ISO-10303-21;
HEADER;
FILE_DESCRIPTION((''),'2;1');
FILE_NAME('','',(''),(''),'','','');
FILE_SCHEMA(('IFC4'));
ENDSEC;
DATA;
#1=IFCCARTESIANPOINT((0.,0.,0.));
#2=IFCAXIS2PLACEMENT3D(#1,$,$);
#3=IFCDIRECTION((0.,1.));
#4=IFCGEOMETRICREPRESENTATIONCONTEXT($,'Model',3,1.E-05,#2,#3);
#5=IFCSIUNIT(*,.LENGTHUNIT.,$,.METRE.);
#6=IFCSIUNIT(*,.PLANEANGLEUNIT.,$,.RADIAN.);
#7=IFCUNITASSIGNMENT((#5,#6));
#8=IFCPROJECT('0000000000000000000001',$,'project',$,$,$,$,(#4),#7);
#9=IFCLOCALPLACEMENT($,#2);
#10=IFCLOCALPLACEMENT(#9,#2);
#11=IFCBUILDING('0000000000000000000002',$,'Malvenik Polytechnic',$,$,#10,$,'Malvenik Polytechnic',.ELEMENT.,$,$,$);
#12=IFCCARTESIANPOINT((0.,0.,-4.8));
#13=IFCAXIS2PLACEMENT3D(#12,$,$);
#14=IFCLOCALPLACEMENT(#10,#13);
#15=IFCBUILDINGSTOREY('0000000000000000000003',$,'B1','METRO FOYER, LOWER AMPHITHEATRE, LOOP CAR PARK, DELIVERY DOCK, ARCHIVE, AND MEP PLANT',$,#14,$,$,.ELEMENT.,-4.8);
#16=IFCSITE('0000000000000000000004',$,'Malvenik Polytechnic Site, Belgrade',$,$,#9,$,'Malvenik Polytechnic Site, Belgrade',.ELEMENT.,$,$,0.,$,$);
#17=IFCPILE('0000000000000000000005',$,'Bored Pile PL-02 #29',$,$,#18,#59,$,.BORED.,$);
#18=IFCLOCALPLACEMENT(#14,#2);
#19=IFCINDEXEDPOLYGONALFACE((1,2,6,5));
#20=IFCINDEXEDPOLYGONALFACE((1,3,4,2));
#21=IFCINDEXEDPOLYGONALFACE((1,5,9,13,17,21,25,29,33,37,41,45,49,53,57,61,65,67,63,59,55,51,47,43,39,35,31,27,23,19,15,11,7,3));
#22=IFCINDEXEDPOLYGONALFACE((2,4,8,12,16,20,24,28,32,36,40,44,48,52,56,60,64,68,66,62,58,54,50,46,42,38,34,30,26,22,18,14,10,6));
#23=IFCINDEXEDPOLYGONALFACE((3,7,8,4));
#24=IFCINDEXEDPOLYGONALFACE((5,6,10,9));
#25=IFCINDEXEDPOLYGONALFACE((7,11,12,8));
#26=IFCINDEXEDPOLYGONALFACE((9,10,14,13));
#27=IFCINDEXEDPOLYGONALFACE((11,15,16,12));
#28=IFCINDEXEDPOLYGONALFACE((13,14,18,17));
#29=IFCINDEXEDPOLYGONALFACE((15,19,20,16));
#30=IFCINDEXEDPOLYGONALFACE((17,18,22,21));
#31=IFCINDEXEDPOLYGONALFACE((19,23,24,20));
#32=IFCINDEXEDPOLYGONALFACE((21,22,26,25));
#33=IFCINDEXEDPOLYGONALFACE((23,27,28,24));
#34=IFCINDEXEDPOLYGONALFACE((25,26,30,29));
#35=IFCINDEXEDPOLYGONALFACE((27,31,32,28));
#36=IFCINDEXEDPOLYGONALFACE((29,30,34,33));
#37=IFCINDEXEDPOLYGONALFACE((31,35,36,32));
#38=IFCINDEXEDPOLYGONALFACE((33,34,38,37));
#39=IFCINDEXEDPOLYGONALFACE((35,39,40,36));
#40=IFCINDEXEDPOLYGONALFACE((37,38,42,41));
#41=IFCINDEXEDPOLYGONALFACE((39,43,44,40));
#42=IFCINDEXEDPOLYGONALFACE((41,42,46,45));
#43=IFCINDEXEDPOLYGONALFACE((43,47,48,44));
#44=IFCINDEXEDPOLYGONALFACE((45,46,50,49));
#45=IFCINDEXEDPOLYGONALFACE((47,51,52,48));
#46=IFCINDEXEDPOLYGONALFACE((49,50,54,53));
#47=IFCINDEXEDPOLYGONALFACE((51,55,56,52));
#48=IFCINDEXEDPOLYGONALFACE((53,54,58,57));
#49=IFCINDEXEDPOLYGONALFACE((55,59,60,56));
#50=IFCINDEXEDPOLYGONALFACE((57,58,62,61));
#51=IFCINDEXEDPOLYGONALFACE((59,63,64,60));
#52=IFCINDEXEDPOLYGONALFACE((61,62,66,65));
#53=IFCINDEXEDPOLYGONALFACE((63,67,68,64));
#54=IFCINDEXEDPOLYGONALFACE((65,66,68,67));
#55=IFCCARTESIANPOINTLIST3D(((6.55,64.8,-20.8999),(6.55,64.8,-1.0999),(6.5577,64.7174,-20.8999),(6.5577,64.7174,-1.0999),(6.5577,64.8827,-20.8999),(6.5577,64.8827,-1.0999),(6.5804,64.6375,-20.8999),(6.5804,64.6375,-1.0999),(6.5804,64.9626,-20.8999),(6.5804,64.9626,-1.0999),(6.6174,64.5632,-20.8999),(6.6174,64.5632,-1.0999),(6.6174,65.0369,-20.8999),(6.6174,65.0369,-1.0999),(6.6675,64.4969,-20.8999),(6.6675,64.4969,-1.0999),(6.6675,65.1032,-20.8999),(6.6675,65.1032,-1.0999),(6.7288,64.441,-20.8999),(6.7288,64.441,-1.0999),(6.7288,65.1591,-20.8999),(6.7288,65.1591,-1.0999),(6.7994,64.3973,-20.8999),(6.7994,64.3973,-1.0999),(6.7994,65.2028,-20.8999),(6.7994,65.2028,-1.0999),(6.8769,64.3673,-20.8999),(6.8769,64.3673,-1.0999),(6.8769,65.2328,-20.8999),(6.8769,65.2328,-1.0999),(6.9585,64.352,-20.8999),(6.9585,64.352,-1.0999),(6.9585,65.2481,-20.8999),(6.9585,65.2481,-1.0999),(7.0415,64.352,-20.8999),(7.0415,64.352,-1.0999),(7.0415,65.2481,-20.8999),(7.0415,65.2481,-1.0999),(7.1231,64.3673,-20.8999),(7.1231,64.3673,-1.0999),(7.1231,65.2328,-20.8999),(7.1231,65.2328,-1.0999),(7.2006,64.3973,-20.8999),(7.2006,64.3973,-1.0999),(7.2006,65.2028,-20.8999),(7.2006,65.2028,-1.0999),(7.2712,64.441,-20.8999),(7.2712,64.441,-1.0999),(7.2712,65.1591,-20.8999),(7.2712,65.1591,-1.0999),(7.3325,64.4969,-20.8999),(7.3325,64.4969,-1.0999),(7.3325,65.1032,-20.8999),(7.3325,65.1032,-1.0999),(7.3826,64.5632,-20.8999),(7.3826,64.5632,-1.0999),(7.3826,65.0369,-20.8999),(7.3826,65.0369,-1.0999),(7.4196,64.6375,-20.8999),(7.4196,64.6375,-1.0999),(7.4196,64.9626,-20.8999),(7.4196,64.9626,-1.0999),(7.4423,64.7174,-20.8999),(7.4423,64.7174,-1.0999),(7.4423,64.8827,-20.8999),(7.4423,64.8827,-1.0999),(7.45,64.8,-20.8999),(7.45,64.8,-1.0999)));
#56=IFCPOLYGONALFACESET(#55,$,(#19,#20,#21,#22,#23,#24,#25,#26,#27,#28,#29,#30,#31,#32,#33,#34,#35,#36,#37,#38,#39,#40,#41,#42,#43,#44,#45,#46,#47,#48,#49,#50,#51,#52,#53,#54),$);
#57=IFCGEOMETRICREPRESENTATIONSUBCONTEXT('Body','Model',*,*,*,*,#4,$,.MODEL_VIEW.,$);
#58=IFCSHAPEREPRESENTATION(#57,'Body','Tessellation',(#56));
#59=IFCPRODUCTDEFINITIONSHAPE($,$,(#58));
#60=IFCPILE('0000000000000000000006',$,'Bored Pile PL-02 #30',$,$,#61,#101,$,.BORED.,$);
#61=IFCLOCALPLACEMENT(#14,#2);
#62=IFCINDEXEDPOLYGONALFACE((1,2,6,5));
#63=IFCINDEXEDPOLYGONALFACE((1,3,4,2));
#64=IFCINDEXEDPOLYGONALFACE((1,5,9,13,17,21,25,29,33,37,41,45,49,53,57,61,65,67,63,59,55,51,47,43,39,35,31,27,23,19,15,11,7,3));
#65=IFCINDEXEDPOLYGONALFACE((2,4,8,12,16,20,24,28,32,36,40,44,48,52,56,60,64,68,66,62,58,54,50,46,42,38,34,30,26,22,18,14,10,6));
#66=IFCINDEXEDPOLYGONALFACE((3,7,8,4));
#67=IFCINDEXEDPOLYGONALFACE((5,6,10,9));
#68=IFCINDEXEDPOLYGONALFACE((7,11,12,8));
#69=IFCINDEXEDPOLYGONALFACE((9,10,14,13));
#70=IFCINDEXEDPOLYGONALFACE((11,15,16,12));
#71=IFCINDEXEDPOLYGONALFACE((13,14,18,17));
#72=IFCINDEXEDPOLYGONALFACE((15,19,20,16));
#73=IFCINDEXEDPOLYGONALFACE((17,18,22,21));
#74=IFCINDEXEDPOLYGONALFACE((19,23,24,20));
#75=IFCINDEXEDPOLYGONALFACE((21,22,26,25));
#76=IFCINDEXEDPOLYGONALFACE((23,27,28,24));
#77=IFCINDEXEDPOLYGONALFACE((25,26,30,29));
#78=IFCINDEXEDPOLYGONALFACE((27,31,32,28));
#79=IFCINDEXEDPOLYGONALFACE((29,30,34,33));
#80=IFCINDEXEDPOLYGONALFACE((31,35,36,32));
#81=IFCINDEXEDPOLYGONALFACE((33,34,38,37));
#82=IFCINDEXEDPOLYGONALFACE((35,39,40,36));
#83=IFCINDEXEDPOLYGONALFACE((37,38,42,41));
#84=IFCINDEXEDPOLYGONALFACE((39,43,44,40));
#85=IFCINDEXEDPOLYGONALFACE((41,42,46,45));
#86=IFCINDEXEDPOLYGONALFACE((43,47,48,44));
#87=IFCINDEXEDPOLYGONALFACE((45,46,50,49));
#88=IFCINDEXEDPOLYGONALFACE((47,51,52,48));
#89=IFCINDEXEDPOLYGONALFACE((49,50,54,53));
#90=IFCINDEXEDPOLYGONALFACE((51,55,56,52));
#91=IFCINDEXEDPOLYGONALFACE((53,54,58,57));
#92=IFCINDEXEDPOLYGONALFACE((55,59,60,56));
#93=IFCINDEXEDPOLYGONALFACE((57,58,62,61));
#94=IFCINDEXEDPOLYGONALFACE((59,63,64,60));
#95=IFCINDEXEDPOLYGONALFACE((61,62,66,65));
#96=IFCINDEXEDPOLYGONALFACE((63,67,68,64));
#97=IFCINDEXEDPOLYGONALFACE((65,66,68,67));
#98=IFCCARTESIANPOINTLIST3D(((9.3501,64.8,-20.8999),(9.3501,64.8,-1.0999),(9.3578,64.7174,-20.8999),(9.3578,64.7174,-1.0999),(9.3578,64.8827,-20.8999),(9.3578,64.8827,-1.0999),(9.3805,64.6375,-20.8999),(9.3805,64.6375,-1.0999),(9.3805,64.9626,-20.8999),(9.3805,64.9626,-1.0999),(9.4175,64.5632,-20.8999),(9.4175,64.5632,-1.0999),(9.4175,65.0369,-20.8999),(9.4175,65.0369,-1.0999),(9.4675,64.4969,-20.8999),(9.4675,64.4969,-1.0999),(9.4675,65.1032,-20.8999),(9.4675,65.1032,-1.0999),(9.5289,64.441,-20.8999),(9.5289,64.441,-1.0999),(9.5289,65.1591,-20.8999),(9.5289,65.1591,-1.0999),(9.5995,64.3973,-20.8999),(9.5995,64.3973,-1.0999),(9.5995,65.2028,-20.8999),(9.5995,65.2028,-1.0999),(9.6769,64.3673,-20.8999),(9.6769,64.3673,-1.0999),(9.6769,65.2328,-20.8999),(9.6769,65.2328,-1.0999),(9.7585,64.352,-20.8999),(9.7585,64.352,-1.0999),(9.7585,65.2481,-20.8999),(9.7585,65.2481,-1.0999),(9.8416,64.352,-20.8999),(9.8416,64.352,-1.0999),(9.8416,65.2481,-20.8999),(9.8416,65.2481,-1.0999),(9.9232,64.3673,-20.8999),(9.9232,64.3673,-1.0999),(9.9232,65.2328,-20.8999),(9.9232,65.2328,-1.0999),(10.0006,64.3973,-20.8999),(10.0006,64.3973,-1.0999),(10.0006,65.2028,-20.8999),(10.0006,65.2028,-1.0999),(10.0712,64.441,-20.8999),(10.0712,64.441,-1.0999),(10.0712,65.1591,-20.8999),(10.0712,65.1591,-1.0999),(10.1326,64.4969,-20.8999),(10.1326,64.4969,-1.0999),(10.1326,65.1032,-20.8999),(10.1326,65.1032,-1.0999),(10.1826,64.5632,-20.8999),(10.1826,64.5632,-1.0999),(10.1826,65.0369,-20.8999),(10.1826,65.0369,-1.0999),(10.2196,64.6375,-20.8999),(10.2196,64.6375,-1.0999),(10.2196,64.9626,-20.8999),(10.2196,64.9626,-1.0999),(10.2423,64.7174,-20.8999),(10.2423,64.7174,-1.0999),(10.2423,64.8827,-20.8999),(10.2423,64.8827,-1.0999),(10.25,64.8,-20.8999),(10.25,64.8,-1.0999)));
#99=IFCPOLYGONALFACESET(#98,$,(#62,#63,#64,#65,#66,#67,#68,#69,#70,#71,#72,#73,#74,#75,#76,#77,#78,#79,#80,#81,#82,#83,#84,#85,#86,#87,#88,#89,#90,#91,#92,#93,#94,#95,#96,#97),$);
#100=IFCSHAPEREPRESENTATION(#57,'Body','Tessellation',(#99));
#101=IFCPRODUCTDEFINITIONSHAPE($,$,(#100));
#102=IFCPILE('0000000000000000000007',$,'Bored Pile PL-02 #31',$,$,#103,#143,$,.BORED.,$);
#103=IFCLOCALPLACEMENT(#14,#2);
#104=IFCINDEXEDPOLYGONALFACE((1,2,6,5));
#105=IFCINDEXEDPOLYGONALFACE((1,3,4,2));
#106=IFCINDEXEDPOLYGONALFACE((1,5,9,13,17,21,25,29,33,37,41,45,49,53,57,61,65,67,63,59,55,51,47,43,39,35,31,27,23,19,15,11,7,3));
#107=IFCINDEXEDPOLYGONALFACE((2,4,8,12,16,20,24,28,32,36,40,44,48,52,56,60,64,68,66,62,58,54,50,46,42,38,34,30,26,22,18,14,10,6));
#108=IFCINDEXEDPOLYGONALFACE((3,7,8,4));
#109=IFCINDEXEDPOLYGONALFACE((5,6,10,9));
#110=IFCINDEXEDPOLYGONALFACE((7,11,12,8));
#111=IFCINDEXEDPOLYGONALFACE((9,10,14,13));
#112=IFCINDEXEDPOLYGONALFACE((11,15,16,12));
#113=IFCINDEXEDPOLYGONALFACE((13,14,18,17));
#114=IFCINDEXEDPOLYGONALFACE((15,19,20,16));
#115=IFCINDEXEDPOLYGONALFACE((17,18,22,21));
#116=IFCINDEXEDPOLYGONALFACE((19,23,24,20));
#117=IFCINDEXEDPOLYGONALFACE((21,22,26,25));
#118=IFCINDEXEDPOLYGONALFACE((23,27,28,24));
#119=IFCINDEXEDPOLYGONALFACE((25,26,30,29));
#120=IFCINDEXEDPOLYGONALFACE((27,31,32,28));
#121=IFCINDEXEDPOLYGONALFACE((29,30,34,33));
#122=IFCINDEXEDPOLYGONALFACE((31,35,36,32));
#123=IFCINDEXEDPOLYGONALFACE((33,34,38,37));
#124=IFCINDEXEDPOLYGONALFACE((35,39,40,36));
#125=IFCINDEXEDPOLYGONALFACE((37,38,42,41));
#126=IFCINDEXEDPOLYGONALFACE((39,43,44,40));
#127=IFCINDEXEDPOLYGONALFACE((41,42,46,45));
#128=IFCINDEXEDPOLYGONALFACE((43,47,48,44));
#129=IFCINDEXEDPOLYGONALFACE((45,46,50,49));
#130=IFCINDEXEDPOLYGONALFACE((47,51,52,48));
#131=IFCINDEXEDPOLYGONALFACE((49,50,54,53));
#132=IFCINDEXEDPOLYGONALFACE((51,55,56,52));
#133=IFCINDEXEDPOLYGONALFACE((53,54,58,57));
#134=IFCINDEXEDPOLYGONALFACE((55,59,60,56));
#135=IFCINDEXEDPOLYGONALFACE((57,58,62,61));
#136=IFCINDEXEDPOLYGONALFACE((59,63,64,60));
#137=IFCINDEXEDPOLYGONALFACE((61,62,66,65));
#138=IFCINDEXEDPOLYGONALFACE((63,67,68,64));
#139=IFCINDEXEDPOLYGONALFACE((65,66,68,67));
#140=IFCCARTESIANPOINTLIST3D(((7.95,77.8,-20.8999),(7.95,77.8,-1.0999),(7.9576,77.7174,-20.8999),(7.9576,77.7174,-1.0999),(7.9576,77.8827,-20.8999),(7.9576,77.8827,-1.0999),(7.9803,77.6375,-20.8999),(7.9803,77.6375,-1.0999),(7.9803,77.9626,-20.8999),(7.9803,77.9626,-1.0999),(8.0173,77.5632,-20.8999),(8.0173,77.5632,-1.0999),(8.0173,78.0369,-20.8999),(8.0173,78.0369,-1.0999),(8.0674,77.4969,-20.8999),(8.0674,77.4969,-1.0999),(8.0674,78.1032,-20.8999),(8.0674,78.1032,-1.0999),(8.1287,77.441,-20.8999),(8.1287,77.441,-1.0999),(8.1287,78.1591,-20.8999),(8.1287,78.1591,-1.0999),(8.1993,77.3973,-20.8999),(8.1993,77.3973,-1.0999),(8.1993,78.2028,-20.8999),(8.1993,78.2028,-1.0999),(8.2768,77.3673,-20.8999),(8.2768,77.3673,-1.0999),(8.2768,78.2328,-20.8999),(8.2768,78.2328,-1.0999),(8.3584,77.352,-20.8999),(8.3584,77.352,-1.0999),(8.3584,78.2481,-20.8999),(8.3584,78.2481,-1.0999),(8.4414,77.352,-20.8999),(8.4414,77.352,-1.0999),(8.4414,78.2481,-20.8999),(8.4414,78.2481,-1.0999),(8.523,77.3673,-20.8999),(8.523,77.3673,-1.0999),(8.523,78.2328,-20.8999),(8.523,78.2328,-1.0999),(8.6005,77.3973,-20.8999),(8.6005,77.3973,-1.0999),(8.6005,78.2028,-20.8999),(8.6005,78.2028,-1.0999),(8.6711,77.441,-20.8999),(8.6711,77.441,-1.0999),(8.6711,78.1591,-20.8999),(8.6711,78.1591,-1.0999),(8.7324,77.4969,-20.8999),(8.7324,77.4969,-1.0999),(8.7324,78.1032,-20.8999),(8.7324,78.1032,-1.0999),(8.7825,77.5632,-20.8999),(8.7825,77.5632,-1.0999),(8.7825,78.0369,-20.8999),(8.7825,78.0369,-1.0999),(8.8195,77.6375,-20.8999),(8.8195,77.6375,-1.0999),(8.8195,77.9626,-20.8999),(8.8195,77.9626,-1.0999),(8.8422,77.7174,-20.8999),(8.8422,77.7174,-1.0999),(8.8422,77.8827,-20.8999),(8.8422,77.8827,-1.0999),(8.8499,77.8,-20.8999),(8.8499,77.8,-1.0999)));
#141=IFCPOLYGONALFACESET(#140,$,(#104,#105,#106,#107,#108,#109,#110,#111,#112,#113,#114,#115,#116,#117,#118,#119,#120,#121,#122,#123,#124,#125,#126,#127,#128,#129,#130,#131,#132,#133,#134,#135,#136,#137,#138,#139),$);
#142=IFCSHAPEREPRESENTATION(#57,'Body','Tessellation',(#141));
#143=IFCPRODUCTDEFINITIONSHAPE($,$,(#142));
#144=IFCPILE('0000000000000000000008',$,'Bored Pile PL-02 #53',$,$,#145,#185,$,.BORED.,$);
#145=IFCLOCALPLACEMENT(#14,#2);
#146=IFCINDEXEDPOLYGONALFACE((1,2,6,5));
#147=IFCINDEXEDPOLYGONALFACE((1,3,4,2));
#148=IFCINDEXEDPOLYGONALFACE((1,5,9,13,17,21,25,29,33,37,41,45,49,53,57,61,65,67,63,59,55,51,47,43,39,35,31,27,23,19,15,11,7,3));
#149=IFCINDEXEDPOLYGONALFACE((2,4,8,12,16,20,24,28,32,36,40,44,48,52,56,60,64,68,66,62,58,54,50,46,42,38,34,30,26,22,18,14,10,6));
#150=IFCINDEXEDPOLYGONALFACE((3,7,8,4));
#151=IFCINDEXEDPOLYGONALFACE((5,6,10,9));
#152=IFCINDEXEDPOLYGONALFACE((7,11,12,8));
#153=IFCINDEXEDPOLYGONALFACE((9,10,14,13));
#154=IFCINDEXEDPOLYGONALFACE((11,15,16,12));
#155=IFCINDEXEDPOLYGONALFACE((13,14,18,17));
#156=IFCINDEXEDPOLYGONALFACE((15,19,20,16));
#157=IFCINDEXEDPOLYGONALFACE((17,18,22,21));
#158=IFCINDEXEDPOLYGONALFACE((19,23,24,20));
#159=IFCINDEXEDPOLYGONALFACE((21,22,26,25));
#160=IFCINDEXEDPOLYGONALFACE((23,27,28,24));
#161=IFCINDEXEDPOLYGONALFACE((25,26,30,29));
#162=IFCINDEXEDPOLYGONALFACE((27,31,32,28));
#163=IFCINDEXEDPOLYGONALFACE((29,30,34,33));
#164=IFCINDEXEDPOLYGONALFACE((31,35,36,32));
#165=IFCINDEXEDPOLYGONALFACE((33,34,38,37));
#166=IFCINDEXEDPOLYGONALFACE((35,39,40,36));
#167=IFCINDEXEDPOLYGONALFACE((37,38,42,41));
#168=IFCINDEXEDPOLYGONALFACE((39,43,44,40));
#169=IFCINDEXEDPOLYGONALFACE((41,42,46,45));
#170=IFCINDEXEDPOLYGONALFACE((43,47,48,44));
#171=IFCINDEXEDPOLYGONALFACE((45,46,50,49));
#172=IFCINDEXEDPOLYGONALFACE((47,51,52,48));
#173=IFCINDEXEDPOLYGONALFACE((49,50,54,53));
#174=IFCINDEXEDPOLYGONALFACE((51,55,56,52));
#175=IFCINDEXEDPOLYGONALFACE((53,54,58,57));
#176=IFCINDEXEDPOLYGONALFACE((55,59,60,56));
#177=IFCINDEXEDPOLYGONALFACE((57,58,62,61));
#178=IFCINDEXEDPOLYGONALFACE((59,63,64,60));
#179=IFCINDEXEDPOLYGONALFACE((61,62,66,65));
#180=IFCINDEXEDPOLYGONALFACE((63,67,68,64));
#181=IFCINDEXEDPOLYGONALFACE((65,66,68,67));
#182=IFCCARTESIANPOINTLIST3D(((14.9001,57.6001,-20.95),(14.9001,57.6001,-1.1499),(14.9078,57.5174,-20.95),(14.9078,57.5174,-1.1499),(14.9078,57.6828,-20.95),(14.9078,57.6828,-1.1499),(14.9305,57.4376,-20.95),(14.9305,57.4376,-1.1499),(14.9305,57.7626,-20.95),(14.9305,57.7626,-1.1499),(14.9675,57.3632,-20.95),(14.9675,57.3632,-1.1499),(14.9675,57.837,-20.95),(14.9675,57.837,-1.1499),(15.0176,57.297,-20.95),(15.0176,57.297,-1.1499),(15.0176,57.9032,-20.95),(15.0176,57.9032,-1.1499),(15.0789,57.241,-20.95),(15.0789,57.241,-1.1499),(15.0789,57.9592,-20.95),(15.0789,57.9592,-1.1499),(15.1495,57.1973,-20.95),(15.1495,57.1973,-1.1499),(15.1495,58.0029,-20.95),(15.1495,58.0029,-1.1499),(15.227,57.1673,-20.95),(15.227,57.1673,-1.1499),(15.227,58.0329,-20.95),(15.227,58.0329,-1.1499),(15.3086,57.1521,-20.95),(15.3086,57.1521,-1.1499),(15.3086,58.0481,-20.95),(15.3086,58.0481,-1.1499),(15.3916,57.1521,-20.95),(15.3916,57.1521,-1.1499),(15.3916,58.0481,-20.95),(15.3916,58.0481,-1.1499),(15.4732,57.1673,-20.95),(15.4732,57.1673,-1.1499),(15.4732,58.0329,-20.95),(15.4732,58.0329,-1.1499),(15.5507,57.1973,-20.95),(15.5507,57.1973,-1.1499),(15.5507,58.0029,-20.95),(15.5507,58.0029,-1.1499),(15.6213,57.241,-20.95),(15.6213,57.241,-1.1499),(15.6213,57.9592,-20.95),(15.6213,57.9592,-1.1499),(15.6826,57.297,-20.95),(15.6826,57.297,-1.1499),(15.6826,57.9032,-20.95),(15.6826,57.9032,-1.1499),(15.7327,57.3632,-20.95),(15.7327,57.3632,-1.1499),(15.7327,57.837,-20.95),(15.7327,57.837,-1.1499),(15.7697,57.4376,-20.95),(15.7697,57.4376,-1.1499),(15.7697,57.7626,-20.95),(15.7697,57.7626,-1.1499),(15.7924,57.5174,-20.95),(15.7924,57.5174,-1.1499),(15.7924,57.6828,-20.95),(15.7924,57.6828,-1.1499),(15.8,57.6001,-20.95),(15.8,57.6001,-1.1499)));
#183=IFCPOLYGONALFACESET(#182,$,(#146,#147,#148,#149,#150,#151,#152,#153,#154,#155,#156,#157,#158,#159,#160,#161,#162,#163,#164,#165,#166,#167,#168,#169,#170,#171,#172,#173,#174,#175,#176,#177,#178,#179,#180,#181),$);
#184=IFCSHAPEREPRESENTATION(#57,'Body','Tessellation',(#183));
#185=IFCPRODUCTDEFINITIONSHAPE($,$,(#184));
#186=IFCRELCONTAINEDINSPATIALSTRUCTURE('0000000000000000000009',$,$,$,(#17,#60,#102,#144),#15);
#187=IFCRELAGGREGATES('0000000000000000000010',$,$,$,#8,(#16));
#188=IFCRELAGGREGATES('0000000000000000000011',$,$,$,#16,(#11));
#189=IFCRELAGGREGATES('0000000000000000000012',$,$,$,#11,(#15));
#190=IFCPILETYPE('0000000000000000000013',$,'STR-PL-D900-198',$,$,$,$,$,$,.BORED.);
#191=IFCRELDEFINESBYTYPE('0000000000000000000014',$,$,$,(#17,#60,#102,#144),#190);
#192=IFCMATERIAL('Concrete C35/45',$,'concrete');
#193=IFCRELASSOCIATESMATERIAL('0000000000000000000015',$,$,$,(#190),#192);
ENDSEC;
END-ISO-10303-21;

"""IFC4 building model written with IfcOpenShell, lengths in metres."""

from ifc_helpers import new_model, si_unit, direction, frame, origin, origin_2d, place, context, subcontext, project, spatial, circle, extrude, material, material_profile, profile_set, type_object, element, save


model = new_model("IFC4")

# Units and contexts
model_context = context("Model", 3, precision=1e-05, world=origin(), true_north=direction((0.0, 1.0)))
body_context = subcontext(model_context, "Body", "Model", "MODEL_VIEW")
ifc_project = project(units=[si_unit("LENGTHUNIT", "METRE"), si_unit("PLANEANGLEUNIT", "RADIAN")], contexts=[model_context])

# Site, building, storey
site_placement = place(None, origin())
site = spatial("IfcSite", under=ifc_project, at=site_placement, Name="Malvenik Polytechnic Site, Belgrade", LongName="Malvenik Polytechnic Site, Belgrade", CompositionType="ELEMENT", RefElevation=0.0)
building_placement = place(site_placement, origin())
building = spatial("IfcBuilding", under=site, at=building_placement, Name="Malvenik Polytechnic", LongName="Malvenik Polytechnic", CompositionType="ELEMENT")
storey_placement = place(building_placement, frame((0.0, 0.0, -4.8)))
storey = spatial("IfcBuildingStorey", under=building, at=storey_placement, Name="B1", Description="METRO FOYER, LOWER AMPHITHEATRE, LOOP CAR PARK, DELIVERY DOCK, ARCHIVE, AND MEP PLANT", CompositionType="ELEMENT", Elevation=-4.8)

# Shared definitions
ifc_material_1 = material(Name="Concrete C35/45", Category="concrete")

# Piles
ifc_material_profile_1 = material_profile(ifc_material_1, circle(Radius=0.45, at=origin_2d()), Name="BORED PILE D900")
ifc_profile_set_1 = profile_set([ifc_material_profile_1], Name="Concrete C35/45")
pile_type = type_object("IfcPileType", Name="STR-PL-D900-198", PredefinedType="BORED", material=ifc_profile_set_1)
for number, where, z_axis, x_axis, name in (
    (1, (7.0, 64.8, -1.0999), (0.0, 0.0, -1.0), (1.0, 0.0, 0.0), "Bored Pile PL-02 #29"),
    (2, (9.8, 64.8, -1.0999), (0.0, 0.0, -1.0), (1.0, 0.0, 0.0), "Bored Pile PL-02 #30"),
    (3, (8.3999, 77.8, -1.0999), (0.0, 0.0, -1.0), (1.0, 0.0, 0.0), "Bored Pile PL-02 #31"),
    (4, (15.3501, 57.6001, -1.1499), (0.0, 0.0, -1.0), (1.0, 0.0, 0.0), "Bored Pile PL-02 #53"),
):
    element("IfcPile", number, at=place(storey_placement, frame(where, z_axis=z_axis, x_axis=x_axis)), inside=storey, type_object=pile_type, Name=name, PredefinedType="BORED", context=body_context, shape_type="SweptSolid", body=[
        extrude(circle(Radius=0.45, at=origin_2d()), origin(), (0.0, 0.0, 1.0), 19.8),
    ])

save(model, "model.ifc")
